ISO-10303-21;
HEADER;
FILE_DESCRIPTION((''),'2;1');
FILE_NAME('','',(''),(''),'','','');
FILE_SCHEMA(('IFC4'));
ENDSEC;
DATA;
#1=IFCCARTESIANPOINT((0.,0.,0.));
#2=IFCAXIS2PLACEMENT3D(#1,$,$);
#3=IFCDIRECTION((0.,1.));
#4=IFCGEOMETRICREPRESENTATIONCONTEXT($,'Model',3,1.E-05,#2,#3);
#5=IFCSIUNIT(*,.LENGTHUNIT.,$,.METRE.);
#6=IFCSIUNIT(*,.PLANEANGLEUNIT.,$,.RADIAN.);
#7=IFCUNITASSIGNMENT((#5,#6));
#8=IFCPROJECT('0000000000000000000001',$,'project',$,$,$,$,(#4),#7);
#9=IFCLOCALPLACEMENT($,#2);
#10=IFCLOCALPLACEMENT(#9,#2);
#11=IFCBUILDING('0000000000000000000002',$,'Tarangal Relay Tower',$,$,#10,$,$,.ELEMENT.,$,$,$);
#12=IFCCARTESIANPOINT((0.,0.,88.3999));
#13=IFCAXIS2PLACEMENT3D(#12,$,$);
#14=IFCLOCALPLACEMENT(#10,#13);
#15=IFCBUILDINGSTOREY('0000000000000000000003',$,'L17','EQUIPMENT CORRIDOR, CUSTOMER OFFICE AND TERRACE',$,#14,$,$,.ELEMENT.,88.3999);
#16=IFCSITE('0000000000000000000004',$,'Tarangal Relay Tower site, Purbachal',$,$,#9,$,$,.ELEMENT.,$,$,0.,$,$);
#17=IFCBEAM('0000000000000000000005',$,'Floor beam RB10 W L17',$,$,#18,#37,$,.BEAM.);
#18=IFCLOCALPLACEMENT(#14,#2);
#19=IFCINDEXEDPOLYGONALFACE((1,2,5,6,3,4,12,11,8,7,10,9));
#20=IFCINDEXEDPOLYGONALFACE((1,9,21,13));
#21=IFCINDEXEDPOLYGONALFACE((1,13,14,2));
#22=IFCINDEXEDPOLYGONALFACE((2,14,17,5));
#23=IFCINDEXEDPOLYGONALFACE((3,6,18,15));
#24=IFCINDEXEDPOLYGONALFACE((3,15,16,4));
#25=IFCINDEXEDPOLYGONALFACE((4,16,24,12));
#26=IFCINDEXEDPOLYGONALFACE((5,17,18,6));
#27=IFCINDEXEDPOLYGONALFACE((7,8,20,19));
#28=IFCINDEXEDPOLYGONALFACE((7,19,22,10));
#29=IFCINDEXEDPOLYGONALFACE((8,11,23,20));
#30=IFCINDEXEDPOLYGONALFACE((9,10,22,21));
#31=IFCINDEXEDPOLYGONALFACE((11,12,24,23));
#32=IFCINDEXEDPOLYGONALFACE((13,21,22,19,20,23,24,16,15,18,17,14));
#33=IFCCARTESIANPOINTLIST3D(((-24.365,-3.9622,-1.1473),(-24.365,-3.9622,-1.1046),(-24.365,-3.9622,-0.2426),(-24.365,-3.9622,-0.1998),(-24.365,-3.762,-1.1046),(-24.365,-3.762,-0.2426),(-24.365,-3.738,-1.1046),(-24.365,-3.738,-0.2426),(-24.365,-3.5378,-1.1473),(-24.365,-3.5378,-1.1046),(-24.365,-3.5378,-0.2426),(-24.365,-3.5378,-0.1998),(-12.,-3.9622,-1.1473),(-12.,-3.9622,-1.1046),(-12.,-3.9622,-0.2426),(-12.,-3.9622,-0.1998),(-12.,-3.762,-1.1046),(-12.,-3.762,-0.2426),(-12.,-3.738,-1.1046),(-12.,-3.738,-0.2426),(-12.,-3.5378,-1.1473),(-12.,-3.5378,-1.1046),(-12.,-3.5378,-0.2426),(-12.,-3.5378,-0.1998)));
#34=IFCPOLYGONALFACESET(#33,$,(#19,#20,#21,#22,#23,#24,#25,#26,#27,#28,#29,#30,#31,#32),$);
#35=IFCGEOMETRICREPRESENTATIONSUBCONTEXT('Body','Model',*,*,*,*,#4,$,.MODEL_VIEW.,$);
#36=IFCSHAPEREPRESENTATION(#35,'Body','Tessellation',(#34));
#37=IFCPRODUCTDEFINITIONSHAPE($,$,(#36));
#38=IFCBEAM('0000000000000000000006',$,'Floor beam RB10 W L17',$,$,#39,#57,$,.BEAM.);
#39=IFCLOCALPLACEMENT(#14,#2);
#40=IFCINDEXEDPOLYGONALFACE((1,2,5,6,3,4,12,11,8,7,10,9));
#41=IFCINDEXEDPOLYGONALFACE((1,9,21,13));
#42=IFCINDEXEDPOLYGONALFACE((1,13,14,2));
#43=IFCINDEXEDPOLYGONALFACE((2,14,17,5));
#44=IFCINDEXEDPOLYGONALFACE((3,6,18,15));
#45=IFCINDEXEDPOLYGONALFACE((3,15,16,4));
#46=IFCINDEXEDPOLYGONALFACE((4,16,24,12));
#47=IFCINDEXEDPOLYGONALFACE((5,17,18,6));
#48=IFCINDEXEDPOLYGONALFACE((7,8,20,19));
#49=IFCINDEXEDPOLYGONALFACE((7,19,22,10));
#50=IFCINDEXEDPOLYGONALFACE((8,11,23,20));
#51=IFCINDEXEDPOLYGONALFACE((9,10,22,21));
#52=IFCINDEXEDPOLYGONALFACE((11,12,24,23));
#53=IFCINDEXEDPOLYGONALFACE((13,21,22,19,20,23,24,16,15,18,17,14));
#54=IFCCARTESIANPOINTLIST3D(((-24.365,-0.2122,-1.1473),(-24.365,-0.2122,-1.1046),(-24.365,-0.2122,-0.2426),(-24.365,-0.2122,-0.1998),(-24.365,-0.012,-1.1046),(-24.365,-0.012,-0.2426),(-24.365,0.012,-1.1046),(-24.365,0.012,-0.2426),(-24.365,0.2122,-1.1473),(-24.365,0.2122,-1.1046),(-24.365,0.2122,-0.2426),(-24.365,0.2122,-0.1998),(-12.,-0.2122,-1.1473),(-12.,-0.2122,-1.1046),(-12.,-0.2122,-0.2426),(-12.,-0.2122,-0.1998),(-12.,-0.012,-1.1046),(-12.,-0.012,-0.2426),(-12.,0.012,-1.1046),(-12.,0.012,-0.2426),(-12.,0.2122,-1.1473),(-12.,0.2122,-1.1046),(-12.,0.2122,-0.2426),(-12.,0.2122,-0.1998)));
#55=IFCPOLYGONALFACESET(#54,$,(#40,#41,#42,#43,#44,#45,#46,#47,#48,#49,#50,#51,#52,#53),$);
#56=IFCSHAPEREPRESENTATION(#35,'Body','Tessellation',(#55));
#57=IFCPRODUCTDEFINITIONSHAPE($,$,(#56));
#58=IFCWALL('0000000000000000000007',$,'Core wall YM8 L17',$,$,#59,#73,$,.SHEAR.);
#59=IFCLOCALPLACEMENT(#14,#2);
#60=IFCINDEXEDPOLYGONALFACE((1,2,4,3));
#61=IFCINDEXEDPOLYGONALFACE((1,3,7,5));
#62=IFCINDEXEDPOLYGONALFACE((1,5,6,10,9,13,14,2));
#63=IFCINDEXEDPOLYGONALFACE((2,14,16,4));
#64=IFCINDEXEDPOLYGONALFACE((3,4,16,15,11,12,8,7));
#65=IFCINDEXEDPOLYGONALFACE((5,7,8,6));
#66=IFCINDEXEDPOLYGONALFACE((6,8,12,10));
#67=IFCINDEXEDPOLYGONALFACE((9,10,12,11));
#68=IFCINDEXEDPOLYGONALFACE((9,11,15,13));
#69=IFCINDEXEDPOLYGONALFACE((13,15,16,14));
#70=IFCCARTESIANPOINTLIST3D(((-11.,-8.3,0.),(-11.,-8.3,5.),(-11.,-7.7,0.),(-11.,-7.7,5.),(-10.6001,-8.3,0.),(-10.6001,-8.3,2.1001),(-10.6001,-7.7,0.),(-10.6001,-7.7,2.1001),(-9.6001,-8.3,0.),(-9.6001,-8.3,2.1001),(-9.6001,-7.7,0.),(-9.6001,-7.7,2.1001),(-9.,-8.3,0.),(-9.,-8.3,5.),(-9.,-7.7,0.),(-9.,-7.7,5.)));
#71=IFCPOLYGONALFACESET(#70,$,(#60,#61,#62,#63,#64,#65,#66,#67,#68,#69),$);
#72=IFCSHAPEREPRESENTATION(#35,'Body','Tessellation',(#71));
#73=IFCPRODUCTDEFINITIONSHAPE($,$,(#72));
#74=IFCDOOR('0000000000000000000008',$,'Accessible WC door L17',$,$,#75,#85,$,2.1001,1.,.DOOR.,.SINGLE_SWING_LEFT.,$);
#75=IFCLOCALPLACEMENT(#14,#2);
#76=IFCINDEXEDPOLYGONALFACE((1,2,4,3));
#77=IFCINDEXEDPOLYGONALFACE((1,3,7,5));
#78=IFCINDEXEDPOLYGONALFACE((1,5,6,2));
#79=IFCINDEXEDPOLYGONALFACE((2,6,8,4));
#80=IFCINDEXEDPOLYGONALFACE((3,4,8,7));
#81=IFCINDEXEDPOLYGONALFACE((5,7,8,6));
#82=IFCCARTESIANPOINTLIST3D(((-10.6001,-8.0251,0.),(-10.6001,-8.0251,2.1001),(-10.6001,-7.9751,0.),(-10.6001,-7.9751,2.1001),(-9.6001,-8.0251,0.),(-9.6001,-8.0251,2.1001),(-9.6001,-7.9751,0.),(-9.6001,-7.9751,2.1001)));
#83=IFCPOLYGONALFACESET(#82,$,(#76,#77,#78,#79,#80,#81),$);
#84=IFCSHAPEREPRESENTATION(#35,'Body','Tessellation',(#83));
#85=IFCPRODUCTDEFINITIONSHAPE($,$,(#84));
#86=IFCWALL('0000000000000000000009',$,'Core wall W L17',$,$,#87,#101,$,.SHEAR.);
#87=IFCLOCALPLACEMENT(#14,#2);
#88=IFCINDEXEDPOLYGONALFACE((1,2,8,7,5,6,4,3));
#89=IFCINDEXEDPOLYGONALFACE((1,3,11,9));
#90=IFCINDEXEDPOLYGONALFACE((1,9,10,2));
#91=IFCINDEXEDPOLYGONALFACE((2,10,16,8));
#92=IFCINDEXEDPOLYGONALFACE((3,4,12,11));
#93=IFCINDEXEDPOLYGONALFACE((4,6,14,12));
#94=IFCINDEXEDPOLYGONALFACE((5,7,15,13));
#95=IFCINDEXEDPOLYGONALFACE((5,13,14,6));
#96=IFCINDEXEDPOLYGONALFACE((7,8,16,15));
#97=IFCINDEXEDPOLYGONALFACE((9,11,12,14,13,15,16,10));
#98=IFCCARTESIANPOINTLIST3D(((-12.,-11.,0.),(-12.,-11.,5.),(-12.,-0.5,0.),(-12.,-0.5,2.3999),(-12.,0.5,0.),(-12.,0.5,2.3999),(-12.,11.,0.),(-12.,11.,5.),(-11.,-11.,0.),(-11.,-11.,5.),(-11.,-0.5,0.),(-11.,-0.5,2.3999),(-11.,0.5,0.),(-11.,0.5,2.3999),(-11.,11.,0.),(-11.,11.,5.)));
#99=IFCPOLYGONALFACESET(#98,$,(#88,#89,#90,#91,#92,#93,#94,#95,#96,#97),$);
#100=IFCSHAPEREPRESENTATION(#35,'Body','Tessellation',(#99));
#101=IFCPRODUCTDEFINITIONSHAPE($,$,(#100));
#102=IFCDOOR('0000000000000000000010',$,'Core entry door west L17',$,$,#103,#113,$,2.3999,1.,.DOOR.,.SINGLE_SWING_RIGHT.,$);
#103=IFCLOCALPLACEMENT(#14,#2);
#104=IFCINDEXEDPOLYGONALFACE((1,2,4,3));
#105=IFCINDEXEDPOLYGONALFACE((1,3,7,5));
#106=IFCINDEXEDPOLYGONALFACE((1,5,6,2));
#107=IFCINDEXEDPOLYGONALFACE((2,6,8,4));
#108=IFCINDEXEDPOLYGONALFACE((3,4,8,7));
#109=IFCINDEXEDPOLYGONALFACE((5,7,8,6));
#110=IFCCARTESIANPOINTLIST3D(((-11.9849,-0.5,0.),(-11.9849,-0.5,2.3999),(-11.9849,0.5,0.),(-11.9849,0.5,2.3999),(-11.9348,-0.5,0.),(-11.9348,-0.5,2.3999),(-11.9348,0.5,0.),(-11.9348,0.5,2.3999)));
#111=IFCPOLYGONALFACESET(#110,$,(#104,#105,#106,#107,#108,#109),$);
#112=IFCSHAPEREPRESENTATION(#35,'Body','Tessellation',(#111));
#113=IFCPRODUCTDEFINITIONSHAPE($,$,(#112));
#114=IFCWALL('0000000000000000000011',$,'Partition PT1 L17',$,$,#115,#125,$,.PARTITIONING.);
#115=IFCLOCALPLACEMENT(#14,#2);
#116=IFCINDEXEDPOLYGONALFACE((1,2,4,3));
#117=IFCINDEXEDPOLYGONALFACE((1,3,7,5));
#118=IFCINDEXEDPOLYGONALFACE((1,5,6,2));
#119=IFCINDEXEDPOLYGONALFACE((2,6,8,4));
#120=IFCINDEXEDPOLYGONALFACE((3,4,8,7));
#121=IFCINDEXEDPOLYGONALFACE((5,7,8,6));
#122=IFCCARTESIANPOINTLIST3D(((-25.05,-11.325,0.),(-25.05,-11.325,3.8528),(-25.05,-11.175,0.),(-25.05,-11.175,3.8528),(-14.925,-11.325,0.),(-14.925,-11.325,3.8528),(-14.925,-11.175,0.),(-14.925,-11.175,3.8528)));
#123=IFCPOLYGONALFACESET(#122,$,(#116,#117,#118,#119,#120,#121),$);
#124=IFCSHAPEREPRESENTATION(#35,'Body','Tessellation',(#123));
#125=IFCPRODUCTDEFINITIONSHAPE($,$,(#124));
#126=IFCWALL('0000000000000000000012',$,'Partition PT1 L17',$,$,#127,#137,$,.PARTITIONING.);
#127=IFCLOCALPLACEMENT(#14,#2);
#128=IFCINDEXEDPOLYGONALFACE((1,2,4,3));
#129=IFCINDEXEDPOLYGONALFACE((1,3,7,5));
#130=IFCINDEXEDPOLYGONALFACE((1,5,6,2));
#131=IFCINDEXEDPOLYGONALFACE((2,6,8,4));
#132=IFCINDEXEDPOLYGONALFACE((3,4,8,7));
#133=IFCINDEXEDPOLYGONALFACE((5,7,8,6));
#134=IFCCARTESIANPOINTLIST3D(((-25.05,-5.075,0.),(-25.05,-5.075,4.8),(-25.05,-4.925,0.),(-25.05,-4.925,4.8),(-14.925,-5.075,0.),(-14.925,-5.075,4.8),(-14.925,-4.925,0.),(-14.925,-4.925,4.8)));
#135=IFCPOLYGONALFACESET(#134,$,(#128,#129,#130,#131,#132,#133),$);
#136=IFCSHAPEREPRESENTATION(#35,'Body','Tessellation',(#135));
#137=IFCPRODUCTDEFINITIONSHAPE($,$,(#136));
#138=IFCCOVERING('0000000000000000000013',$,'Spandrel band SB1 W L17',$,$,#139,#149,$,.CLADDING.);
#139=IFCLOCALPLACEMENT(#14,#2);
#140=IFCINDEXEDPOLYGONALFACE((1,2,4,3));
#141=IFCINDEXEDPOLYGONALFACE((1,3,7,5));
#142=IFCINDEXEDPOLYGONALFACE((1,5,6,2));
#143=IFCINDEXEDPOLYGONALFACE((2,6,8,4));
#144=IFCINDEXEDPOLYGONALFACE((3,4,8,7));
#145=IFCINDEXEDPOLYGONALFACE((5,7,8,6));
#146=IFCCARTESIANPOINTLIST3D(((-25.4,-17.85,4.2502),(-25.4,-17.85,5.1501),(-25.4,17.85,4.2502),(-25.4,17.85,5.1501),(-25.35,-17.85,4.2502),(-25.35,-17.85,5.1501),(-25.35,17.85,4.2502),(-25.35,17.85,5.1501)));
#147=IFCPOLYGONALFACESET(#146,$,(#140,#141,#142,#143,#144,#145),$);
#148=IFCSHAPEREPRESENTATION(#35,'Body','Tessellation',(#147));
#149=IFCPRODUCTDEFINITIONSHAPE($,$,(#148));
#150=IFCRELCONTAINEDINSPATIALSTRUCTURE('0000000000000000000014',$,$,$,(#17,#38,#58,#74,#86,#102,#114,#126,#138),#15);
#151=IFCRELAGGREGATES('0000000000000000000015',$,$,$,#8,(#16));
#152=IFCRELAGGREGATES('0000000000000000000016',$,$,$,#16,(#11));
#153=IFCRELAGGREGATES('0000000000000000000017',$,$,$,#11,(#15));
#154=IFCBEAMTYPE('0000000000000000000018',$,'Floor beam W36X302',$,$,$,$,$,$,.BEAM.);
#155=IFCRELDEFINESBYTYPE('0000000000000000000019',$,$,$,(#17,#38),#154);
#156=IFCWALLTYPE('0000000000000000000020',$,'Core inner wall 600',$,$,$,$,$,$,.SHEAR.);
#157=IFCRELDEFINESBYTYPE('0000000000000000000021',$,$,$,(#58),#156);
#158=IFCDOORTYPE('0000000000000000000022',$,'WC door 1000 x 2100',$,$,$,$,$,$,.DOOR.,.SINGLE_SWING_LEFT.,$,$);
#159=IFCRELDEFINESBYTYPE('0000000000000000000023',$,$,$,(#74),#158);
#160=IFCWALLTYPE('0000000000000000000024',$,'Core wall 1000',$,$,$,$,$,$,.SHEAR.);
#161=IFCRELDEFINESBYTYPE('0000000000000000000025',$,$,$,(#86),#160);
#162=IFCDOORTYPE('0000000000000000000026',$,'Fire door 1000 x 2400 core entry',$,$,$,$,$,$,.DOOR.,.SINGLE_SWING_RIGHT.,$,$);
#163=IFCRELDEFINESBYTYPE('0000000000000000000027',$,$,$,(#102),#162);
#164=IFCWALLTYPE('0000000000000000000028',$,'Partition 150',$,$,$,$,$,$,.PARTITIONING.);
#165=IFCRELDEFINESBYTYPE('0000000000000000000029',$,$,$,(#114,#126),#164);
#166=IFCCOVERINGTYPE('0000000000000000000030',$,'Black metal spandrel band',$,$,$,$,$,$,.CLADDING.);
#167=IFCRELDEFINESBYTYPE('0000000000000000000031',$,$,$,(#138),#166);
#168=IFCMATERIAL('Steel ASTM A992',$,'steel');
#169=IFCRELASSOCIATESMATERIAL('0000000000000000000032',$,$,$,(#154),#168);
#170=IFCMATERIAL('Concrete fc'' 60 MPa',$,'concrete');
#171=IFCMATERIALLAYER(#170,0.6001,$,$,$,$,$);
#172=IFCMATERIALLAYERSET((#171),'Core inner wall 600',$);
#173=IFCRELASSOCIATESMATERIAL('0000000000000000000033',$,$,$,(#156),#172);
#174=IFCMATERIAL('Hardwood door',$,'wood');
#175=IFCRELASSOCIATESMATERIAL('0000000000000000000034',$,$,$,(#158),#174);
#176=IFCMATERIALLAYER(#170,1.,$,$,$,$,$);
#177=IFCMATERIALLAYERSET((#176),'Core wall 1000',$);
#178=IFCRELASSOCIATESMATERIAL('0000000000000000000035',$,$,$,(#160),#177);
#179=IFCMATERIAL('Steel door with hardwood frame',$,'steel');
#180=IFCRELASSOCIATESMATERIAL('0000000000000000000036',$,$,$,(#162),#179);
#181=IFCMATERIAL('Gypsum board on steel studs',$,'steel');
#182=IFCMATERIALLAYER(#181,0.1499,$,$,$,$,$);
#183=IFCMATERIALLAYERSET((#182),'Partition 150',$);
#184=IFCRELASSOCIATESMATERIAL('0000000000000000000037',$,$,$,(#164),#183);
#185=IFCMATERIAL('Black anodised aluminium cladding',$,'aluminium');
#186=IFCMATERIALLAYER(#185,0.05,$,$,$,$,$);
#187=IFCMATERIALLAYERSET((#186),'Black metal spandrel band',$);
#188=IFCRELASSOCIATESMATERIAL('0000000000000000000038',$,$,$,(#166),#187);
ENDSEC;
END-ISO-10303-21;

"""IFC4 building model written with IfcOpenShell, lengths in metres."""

from ifc_helpers import new_model, si_unit, direction, frame, frame_2d, origin, origin_2d, place, context, subcontext, project, spatial, rectangle, i_section, extrude, material, layer, layer_set, material_profile, profile_set, type_object, element, fill, save


model = new_model("IFC4")

# Units and contexts
model_context = context("Model", 3, precision=1e-05, world=origin(), true_north=direction((0.0, 1.0)))
body_context = subcontext(model_context, "Body", "Model", "MODEL_VIEW")
ifc_project = project(units=[si_unit("LENGTHUNIT", "METRE"), si_unit("PLANEANGLEUNIT", "RADIAN")], contexts=[model_context])

# Site, building, storey
site_placement = place(None, origin())
site = spatial("IfcSite", under=ifc_project, at=site_placement, Name="Tarangal Relay Tower site, Purbachal", CompositionType="ELEMENT", RefElevation=0.0)
building_placement = place(site_placement, origin())
building = spatial("IfcBuilding", under=site, at=building_placement, Name="Tarangal Relay Tower", CompositionType="ELEMENT")
storey_placement = place(building_placement, frame((0.0, 0.0, 88.3999)))
storey = spatial("IfcBuildingStorey", under=building, at=storey_placement, Name="L17", Description="EQUIPMENT CORRIDOR, CUSTOMER OFFICE AND TERRACE", CompositionType="ELEMENT", Elevation=88.3999)

# Beams
ifc_material_1 = material(Name="Steel ASTM A992", Category="steel")
ifc_material_profile_1 = material_profile(ifc_material_1, i_section(OverallWidth=0.4243, OverallDepth=0.9475, WebThickness=0.0239, FlangeThickness=0.0427, at=origin_2d()), Name="W36X302")
ifc_profile_set_1 = profile_set([ifc_material_profile_1], Name="Steel ASTM A992")
beam_type_1 = type_object("IfcBeamType", Name="Floor beam W36X302", PredefinedType="BEAM", material=ifc_profile_set_1)
for number, where, z_axis, x_axis, name in (
    (1, (-12.0, -3.75, -0.6736), (-1.0, 0.0, 0.0), (0.0, -1.0, 0.0), "Floor beam RB10 W L17"),
    (2, (-12.0, 0.0, -0.6736), (-1.0, 0.0, 0.0), (0.0, -1.0, 0.0), "Floor beam RB10 W L17"),
):
    element("IfcBeam", number, at=place(storey_placement, frame(where, z_axis=z_axis, x_axis=x_axis)), inside=storey, type_object=beam_type_1, Name=name, PredefinedType="BEAM", context=body_context, shape_type="SweptSolid", body=[
        extrude(i_section(OverallWidth=0.4243, OverallDepth=0.9475, WebThickness=0.0239, FlangeThickness=0.0427, at=origin_2d()), origin(), (0.0, 0.0, 1.0), 12.365),
    ])

# Walls, openings, doors
ifc_material_2 = material(Name="Concrete fc' 60 MPa", Category="concrete")
ifc_layer_1 = layer(ifc_material_2, 0.6001)
ifc_layer_set_1 = layer_set([ifc_layer_1], Name="Core inner wall 600")
wall_type_1 = type_object("IfcWallType", Name="Core inner wall 600", PredefinedType="SHEAR", material=ifc_layer_set_1)
wall_1_placement = place(storey_placement, frame((-11.0, -8.0, 0.0), z_axis=(0.0, 0.0, 1.0), x_axis=(1.0, 0.0, 0.0)))
wall_1 = element("IfcWall", 3, at=wall_1_placement, inside=storey, type_object=wall_type_1, Name="Core wall YM8 L17", PredefinedType="SHEAR", context=body_context, shape_type="SweptSolid", body=[
    extrude(rectangle(XDim=2.0, YDim=0.6001, at=frame_2d((1.0, 0.0))), origin(), (0.0, 0.0, 1.0), 5.0),
])
opening_1_placement = place(wall_1_placement, frame((0.3999, 0.0, 0.0)))
opening_1 = element("IfcOpeningElement", 4, at=opening_1_placement, cuts=wall_1, PredefinedType="OPENING", context=body_context, shape_type="SweptSolid", body=[
    extrude(rectangle(XDim=1.0, YDim=2.1001, at=frame_2d((0.5, 1.05))), frame((0.0, 0.3101, 0.0), z_axis=(0.0, -1.0, 0.0), x_axis=(1.0, 0.0, 0.0)), (0.0, 0.0, 1.0), 0.6201),
])
ifc_material_3 = material(Name="Hardwood door", Category="wood")
door_type_1 = type_object("IfcDoorType", Name="WC door 1000 x 2100", OperationType="SINGLE_SWING_LEFT", PredefinedType="DOOR", material=ifc_material_3)
door_1_placement = place(opening_1_placement, origin())
door_1 = element("IfcDoor", 5, at=door_1_placement, inside=storey, type_object=door_type_1, Name="Accessible WC door L17", OperationType="SINGLE_SWING_LEFT", OverallHeight=2.1001, OverallWidth=1.0, PredefinedType="DOOR", context=body_context, shape_type="SweptSolid", body=[
    extrude(rectangle(XDim=1.0, YDim=2.1001, at=frame_2d((0.5, 1.05))), frame((0.0, 0.0249, 0.0), z_axis=(0.0, -1.0, 0.0), x_axis=(1.0, 0.0, 0.0)), (0.0, 0.0, 1.0), 0.05),
])
fill(opening_1, door_1)
ifc_layer_2 = layer(ifc_material_2, 1.0)
ifc_layer_set_2 = layer_set([ifc_layer_2], Name="Core wall 1000")
wall_type_2 = type_object("IfcWallType", Name="Core wall 1000", PredefinedType="SHEAR", material=ifc_layer_set_2)
wall_2_placement = place(storey_placement, frame((-11.5, -11.0, 0.0), z_axis=(0.0, 0.0, 1.0), x_axis=(0.0, 1.0, 0.0)))
wall_2 = element("IfcWall", 6, at=wall_2_placement, inside=storey, type_object=wall_type_2, Name="Core wall W L17", PredefinedType="SHEAR", context=body_context, shape_type="SweptSolid", body=[
    extrude(rectangle(XDim=22.0, YDim=1.0, at=frame_2d((11.0, 0.0))), origin(), (0.0, 0.0, 1.0), 5.0),
])
opening_2_placement = place(wall_2_placement, frame((10.5, 0.0, 0.0)))
opening_2 = element("IfcOpeningElement", 7, at=opening_2_placement, cuts=wall_2, PredefinedType="OPENING", context=body_context, shape_type="SweptSolid", body=[
    extrude(rectangle(XDim=1.0, YDim=2.3999, at=frame_2d((0.5, 1.2))), frame((0.0, 0.51, 0.0), z_axis=(0.0, -1.0, 0.0), x_axis=(1.0, 0.0, 0.0)), (0.0, 0.0, 1.0), 1.02),
])
ifc_material_4 = material(Name="Steel door with hardwood frame", Category="steel")
door_type_2 = type_object("IfcDoorType", Name="Fire door 1000 x 2400 core entry", OperationType="SINGLE_SWING_RIGHT", PredefinedType="DOOR", material=ifc_material_4)
door_2_placement = place(opening_2_placement, origin())
door_2 = element("IfcDoor", 8, at=door_2_placement, inside=storey, type_object=door_type_2, Name="Core entry door west L17", OperationType="SINGLE_SWING_RIGHT", OverallHeight=2.3999, OverallWidth=1.0, PredefinedType="DOOR", context=body_context, shape_type="SweptSolid", body=[
    extrude(rectangle(XDim=1.0, YDim=2.3999, at=frame_2d((0.5, 1.2))), frame((0.0, 0.4849, 0.0), z_axis=(0.0, -1.0, 0.0), x_axis=(1.0, 0.0, 0.0)), (0.0, 0.0, 1.0), 0.05),
])
fill(opening_2, door_2)

# Walls
ifc_material_5 = material(Name="Gypsum board on steel studs", Category="steel")
ifc_layer_3 = layer(ifc_material_5, 0.1499)
ifc_layer_set_3 = layer_set([ifc_layer_3], Name="Partition 150")
wall_type_3 = type_object("IfcWallType", Name="Partition 150", PredefinedType="PARTITIONING", material=ifc_layer_set_3)
wall_3_placement = place(storey_placement, frame((-25.05, -11.25, 0.0), z_axis=(0.0, 0.0, 1.0), x_axis=(1.0, 0.0, 0.0)))
element("IfcWall", 9, at=wall_3_placement, inside=storey, type_object=wall_type_3, Name="Partition PT1 L17", PredefinedType="PARTITIONING", context=body_context, shape_type="SweptSolid", body=[
    extrude(rectangle(XDim=10.125, YDim=0.1499, at=frame_2d((5.0625, 0.0))), origin(), (0.0, 0.0, 1.0), 3.8528),
])
wall_4_placement = place(storey_placement, frame((-25.05, -5.0, 0.0), z_axis=(0.0, 0.0, 1.0), x_axis=(1.0, 0.0, 0.0)))
element("IfcWall", 10, at=wall_4_placement, inside=storey, type_object=wall_type_3, Name="Partition PT1 L17", PredefinedType="PARTITIONING", context=body_context, shape_type="SweptSolid", body=[
    extrude(rectangle(XDim=10.125, YDim=0.1499, at=frame_2d((5.0625, 0.0))), origin(), (0.0, 0.0, 1.0), 4.8),
])

# Covering
ifc_material_6 = material(Name="Black anodised aluminium cladding", Category="aluminium")
ifc_layer_4 = layer(ifc_material_6, 0.05)
ifc_layer_set_4 = layer_set([ifc_layer_4], Name="Black metal spandrel band")
covering_type = type_object("IfcCoveringType", Name="Black metal spandrel band", PredefinedType="CLADDING", material=ifc_layer_set_4)
covering_placement = place(storey_placement, frame((-25.375, 0.0, 4.2502), z_axis=(0.0, 0.0, 1.0), x_axis=(0.0, 1.0, 0.0)))
element("IfcCovering", 11, at=covering_placement, inside=storey, type_object=covering_type, Name="Spandrel band SB1 W L17", PredefinedType="CLADDING", context=body_context, shape_type="SweptSolid", body=[
    extrude(rectangle(XDim=35.7, YDim=0.05, at=origin_2d()), origin(), (0.0, 0.0, 1.0), 0.8999),
])

save(model, "model.ifc")
